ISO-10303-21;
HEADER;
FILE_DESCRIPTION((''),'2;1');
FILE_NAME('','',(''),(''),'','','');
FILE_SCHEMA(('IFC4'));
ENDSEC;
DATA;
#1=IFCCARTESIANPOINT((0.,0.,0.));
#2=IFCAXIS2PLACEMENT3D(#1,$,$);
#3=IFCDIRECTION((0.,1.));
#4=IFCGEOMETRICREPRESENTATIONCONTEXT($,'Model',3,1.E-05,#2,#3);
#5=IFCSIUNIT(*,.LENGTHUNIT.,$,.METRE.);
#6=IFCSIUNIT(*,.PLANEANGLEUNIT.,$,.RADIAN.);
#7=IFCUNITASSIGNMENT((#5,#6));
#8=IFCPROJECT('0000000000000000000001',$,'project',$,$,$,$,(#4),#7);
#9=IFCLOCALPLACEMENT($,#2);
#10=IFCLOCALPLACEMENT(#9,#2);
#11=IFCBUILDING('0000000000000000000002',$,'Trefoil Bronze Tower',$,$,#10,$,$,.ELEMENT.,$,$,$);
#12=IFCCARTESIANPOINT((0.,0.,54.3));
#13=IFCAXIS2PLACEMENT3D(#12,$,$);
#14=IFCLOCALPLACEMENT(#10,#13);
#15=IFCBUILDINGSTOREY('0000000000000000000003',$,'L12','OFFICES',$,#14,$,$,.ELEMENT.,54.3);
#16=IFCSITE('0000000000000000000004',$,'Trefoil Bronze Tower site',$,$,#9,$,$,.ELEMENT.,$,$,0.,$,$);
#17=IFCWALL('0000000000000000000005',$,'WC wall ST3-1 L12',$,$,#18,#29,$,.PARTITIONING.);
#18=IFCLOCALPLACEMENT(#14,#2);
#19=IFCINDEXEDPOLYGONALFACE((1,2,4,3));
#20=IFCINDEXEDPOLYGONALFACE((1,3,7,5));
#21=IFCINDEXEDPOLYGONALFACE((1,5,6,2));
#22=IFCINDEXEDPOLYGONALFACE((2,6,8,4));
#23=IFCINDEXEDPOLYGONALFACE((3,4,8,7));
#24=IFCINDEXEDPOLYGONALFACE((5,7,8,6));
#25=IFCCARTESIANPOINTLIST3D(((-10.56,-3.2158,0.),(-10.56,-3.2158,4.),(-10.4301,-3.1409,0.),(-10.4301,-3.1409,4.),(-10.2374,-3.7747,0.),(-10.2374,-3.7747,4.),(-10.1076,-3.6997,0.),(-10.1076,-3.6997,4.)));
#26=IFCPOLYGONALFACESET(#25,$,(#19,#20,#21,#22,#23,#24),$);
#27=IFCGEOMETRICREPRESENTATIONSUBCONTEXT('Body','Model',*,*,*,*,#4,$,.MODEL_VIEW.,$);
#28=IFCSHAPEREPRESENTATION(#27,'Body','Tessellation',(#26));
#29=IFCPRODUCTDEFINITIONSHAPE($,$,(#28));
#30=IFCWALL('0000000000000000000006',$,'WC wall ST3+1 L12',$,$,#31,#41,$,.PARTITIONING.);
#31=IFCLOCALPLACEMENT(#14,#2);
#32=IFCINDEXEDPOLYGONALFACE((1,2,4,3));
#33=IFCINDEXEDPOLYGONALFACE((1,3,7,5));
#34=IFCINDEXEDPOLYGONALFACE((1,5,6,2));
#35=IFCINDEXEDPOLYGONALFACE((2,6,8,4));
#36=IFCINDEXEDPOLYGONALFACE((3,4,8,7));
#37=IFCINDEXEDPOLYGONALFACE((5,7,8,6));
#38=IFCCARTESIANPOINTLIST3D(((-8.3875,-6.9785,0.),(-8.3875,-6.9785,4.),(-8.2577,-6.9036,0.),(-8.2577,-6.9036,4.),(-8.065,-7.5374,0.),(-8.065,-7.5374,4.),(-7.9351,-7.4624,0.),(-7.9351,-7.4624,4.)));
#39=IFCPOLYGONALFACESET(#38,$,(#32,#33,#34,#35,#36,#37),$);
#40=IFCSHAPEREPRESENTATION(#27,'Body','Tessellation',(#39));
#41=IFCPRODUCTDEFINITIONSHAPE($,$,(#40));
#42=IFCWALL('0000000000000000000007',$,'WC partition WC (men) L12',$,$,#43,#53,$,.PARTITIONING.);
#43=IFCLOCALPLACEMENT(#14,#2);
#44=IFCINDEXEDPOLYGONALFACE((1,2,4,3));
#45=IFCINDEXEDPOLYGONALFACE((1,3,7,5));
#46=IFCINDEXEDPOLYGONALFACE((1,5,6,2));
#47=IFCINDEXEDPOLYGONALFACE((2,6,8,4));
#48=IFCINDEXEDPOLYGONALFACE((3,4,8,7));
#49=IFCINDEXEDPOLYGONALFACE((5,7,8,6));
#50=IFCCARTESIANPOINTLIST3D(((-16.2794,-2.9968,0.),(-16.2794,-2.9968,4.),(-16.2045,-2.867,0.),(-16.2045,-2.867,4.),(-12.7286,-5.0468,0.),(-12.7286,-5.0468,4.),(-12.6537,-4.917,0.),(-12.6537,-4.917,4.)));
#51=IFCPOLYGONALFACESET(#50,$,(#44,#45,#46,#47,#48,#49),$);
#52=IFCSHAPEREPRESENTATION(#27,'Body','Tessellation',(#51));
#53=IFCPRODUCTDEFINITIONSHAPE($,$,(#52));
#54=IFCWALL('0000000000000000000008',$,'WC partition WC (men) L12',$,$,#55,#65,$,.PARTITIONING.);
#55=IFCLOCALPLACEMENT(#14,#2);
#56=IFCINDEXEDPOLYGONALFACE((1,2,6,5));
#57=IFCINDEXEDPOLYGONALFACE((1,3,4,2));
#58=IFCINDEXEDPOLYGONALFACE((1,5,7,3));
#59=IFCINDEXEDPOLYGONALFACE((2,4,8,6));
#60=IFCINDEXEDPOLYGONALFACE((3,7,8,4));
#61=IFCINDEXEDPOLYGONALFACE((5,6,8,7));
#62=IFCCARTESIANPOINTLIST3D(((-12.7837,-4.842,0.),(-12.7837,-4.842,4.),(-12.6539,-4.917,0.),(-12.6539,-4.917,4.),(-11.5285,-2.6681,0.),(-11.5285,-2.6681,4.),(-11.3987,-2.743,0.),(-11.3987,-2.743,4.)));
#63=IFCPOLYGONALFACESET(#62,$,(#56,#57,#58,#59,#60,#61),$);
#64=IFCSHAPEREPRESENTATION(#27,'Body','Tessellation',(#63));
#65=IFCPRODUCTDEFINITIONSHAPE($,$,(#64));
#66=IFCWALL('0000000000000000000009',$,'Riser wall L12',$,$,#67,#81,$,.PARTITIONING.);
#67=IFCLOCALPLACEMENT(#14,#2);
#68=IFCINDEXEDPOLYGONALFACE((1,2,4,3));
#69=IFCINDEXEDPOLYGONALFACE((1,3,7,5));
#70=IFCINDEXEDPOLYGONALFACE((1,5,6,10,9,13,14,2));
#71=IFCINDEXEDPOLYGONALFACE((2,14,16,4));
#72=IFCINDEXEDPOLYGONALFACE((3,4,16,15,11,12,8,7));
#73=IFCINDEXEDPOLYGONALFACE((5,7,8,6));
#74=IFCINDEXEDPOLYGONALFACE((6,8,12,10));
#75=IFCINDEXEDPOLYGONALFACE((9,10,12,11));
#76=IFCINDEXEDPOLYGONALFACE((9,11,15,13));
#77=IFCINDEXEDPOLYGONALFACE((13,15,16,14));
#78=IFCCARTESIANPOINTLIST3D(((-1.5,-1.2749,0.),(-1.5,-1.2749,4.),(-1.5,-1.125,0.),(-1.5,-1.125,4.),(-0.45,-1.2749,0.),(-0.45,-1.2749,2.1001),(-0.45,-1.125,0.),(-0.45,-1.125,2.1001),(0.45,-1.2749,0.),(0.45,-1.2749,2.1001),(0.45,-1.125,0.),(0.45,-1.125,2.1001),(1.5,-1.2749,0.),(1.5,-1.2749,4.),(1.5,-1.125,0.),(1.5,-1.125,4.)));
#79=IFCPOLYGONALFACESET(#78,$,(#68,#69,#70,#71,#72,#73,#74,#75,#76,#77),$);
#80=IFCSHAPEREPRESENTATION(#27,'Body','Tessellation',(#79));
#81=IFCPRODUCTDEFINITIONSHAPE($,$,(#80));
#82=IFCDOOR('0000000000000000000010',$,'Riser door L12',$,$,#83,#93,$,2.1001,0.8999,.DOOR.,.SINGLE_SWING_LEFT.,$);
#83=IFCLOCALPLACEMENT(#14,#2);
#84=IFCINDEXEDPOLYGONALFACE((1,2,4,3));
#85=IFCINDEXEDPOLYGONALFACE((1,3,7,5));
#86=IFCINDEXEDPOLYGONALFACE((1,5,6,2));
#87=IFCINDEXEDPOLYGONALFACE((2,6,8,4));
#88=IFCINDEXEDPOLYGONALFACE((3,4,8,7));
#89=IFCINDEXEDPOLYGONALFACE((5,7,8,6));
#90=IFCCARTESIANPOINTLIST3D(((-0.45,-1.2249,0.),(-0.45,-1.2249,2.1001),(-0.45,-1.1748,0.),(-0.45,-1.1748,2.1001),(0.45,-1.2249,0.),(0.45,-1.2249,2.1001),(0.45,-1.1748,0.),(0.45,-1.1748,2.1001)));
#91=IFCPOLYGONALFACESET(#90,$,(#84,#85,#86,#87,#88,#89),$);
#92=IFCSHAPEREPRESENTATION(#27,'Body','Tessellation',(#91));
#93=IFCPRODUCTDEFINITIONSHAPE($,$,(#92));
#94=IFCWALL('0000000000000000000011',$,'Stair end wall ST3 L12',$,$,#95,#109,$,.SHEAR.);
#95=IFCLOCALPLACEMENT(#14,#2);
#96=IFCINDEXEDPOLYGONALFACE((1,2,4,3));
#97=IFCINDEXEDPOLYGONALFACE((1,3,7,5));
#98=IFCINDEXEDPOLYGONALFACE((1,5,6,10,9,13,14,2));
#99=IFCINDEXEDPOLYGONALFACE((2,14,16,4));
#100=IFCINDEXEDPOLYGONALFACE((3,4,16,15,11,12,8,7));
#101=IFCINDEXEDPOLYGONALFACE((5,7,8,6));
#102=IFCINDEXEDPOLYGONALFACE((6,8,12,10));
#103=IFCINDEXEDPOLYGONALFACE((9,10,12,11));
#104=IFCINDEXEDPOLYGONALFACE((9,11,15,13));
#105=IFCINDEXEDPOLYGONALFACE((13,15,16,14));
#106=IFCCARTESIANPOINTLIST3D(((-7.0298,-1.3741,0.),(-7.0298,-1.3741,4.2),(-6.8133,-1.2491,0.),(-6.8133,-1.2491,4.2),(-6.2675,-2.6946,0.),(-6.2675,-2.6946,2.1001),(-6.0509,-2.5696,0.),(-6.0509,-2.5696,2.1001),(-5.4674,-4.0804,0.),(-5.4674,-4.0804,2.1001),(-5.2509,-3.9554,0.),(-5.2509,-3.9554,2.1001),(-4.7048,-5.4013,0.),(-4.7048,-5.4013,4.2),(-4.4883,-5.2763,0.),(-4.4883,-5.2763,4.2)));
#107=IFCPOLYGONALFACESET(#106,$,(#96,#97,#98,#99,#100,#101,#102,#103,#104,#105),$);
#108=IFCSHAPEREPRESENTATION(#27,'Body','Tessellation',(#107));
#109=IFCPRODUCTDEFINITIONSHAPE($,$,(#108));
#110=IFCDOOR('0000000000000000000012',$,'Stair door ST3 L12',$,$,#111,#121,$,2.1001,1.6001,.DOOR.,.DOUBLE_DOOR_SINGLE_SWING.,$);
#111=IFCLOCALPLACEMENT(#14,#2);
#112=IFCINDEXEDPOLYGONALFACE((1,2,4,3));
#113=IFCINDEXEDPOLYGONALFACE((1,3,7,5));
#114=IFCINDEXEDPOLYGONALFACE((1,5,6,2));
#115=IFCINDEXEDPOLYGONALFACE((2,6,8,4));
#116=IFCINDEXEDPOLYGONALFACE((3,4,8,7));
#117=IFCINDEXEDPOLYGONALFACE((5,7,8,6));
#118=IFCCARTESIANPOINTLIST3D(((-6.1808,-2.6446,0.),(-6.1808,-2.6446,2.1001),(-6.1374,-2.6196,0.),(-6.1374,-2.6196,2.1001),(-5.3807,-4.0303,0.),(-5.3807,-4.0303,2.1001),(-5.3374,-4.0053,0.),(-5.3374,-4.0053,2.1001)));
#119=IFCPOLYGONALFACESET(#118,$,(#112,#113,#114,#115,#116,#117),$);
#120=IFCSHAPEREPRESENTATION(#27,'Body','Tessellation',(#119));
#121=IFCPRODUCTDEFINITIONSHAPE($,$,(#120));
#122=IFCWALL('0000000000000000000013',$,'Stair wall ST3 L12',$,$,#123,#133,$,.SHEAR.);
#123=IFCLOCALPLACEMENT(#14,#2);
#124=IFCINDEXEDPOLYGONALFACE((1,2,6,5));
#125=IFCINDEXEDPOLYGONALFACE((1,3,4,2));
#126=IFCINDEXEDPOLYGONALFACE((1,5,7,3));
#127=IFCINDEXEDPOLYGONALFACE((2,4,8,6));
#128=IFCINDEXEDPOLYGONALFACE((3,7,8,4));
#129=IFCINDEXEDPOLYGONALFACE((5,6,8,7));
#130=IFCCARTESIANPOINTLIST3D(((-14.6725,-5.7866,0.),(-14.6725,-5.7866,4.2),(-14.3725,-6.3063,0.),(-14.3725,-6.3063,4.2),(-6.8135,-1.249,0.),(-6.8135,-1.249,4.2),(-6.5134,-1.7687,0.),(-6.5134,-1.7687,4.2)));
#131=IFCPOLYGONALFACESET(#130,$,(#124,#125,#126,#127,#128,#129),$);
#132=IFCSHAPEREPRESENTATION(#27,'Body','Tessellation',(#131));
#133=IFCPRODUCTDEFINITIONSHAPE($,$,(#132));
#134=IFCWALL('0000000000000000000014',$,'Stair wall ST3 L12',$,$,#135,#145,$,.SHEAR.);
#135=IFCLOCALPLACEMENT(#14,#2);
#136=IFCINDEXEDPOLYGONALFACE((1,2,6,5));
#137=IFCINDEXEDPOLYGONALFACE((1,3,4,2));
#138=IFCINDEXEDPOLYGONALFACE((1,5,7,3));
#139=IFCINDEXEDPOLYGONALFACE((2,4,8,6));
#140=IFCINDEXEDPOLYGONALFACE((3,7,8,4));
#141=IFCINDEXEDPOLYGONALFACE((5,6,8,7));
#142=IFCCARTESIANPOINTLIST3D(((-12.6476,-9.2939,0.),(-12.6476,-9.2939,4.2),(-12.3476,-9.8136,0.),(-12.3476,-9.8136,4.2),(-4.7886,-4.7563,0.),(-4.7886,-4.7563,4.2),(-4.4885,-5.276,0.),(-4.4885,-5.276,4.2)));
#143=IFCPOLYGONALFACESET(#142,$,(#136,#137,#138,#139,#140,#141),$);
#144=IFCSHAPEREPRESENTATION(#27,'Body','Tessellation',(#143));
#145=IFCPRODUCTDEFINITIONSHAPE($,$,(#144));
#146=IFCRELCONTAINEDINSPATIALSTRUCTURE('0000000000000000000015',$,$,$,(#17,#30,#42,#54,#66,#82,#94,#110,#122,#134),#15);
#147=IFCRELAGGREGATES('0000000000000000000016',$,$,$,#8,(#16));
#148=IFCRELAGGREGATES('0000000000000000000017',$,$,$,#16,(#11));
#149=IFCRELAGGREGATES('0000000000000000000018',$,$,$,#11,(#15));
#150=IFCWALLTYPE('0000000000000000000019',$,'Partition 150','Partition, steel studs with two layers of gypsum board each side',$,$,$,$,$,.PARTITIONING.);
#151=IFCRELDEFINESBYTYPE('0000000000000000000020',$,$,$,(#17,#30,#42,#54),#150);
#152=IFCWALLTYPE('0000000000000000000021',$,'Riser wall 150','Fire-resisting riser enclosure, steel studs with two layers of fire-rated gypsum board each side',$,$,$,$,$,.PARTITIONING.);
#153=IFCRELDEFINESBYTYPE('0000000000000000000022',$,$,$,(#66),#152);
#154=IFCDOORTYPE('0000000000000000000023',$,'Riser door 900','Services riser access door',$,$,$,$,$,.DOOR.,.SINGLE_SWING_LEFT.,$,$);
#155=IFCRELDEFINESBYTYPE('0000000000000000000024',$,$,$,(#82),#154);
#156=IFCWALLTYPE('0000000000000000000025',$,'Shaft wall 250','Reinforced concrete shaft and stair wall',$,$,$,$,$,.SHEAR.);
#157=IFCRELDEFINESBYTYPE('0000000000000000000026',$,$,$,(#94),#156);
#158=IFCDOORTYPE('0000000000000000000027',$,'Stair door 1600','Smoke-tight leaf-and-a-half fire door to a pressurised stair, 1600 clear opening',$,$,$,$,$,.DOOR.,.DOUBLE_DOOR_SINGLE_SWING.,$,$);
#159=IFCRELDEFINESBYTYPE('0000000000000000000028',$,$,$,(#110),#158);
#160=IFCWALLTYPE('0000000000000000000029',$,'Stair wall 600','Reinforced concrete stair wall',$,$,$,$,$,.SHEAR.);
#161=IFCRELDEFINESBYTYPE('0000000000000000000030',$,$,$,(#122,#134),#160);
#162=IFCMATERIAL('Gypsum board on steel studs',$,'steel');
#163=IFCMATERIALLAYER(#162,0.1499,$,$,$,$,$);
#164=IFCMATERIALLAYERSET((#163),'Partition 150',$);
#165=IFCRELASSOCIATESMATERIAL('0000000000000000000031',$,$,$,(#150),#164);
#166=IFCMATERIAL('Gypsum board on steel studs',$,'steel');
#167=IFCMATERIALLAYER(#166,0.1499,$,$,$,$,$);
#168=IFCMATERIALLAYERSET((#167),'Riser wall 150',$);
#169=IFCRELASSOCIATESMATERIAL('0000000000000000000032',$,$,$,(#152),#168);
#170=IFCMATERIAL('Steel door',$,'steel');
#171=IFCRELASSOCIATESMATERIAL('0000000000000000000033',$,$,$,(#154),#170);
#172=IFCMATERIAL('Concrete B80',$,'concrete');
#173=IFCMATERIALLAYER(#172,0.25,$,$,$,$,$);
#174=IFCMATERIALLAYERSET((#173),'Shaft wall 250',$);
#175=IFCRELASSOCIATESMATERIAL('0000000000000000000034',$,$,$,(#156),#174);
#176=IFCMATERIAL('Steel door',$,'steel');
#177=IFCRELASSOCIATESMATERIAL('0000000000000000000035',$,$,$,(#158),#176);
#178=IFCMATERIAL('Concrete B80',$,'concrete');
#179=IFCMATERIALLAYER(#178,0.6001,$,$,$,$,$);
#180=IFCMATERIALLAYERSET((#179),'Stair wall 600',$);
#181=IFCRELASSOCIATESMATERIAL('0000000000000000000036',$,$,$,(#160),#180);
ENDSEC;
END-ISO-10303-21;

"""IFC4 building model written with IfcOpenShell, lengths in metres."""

from ifc_helpers import new_model, si_unit, direction, frame, frame_2d, origin, place, context, subcontext, project, spatial, rectangle, extrude, material, layer, layer_set, type_object, element, fill, save


model = new_model("IFC4")

# Units and contexts
model_context = context("Model", 3, precision=1e-05, world=origin(), true_north=direction((0.0, 1.0)))
body_context = subcontext(model_context, "Body", "Model", "MODEL_VIEW")
ifc_project = project(units=[si_unit("LENGTHUNIT", "METRE"), si_unit("PLANEANGLEUNIT", "RADIAN")], contexts=[model_context])

# Site, building, storey
site_placement = place(None, origin())
site = spatial("IfcSite", under=ifc_project, at=site_placement, Name="Trefoil Bronze Tower site", CompositionType="ELEMENT", RefElevation=0.0)
building_placement = place(site_placement, origin())
building = spatial("IfcBuilding", under=site, at=building_placement, Name="Trefoil Bronze Tower", CompositionType="ELEMENT")
storey_placement = place(building_placement, frame((0.0, 0.0, 54.3)))
storey = spatial("IfcBuildingStorey", under=building, at=storey_placement, Name="L12", Description="OFFICES", CompositionType="ELEMENT", Elevation=54.3)

# Shared definitions
ifc_material_1 = material(Name="Gypsum board on steel studs", Category="steel")
ifc_layer_1 = layer(ifc_material_1, 0.1499)
ifc_layer_set_1 = layer_set([ifc_layer_1], Name="Partition 150")
wall_type_1 = type_object("IfcWallType", Name="Partition 150", Description="Partition, steel studs with two layers of gypsum board each side", PredefinedType="PARTITIONING", material=ifc_layer_set_1)

# Walls
for number, where, z_axis, x_axis, name in (
    (1, (-10.4951, -3.1782, 0.0), (0.0, 0.0, 1.0), (0.499843, -0.866116, 0.0), "WC wall ST3-1 L12"),
    (2, (-8.0, -7.5, 0.0), (0.0, 0.0, 1.0), (-0.499843, 0.866116, 0.0), "WC wall ST3+1 L12"),
):
    element("IfcWall", number, at=place(storey_placement, frame(where, z_axis=z_axis, x_axis=x_axis)), inside=storey, type_object=wall_type_1, Name=name, PredefinedType="PARTITIONING", context=body_context, shape_type="SweptSolid", body=[
        extrude(rectangle(XDim=0.6453, YDim=0.1499, at=frame_2d((0.3228, 0.0))), origin(), (0.0, 0.0, 1.0), 4.0),
    ])
wall_1_placement = place(storey_placement, frame((-12.6912, -4.9819, 0.0), z_axis=(0.0, 0.0, 1.0), x_axis=(-0.866025, 0.500001, 0.0)))
element("IfcWall", 3, at=wall_1_placement, inside=storey, type_object=wall_type_1, Name="WC partition WC (men) L12", PredefinedType="PARTITIONING", context=body_context, shape_type="SweptSolid", body=[
    extrude(rectangle(XDim=4.1001, YDim=0.1499, at=frame_2d((2.05, 0.0))), origin(), (0.0, 0.0, 1.0), 4.0),
])
wall_2_placement = place(storey_placement, frame((-11.4636, -2.7056, 0.0), z_axis=(0.0, 0.0, 1.0), x_axis=(-0.50002, -0.866014, 0.0)))
element("IfcWall", 4, at=wall_2_placement, inside=storey, type_object=wall_type_1, Name="WC partition WC (men) L12", PredefinedType="PARTITIONING", context=body_context, shape_type="SweptSolid", body=[
    extrude(rectangle(XDim=2.5103, YDim=0.1499, at=frame_2d((1.2551, 0.0))), origin(), (0.0, 0.0, 1.0), 4.0),
])

# Walls, openings, doors
ifc_material_2 = material(Name="Gypsum board on steel studs", Category="steel")
ifc_layer_2 = layer(ifc_material_2, 0.1499)
ifc_layer_set_2 = layer_set([ifc_layer_2], Name="Riser wall 150")
wall_type_2 = type_object("IfcWallType", Name="Riser wall 150", Description="Fire-resisting riser enclosure, steel studs with two layers of fire-rated gypsum board each side", PredefinedType="PARTITIONING", material=ifc_layer_set_2)
wall_3_placement = place(storey_placement, frame((-1.5, -1.2, 0.0), z_axis=(0.0, 0.0, 1.0), x_axis=(1.0, 0.0, 0.0)))
wall_3 = element("IfcWall", 5, at=wall_3_placement, inside=storey, type_object=wall_type_2, Name="Riser wall L12", PredefinedType="PARTITIONING", context=body_context, shape_type="SweptSolid", body=[
    extrude(rectangle(XDim=3.0, YDim=0.1499, at=frame_2d((1.5, 0.0))), origin(), (0.0, 0.0, 1.0), 4.0),
])
opening_1_placement = place(wall_3_placement, frame((1.05, 0.0, 0.0)))
opening_1 = element("IfcOpeningElement", 6, at=opening_1_placement, cuts=wall_3, PredefinedType="OPENING", context=body_context, shape_type="SweptSolid", body=[
    extrude(rectangle(XDim=0.8999, YDim=2.1001, at=frame_2d((0.45, 1.05))), frame((0.0, 0.085, 0.0), z_axis=(0.0, -1.0, 0.0), x_axis=(1.0, 0.0, 0.0)), (0.0, 0.0, 1.0), 0.1699),
])
ifc_material_3 = material(Name="Steel door", Category="steel")
door_type_1 = type_object("IfcDoorType", Name="Riser door 900", Description="Services riser access door", OperationType="SINGLE_SWING_LEFT", PredefinedType="DOOR", material=ifc_material_3)
door_1_placement = place(opening_1_placement, frame((0.8999, 0.0, 0.0), z_axis=(0.0, 0.0, 1.0), x_axis=(-1.0, 0.0, 0.0)))
door_1 = element("IfcDoor", 7, at=door_1_placement, inside=storey, type_object=door_type_1, Name="Riser door L12", OperationType="SINGLE_SWING_LEFT", OverallHeight=2.1001, OverallWidth=0.8999, PredefinedType="DOOR", context=body_context, shape_type="SweptSolid", body=[
    extrude(rectangle(XDim=0.8999, YDim=2.1001, at=frame_2d((0.45, 1.05))), frame((0.0, 0.0249, 0.0), z_axis=(0.0, -1.0, 0.0), x_axis=(1.0, 0.0, 0.0)), (0.0, 0.0, 1.0), 0.05),
])
fill(opening_1, door_1)
ifc_material_4 = material(Name="Concrete B80", Category="concrete")
ifc_layer_3 = layer(ifc_material_4, 0.25)
ifc_layer_set_3 = layer_set([ifc_layer_3], Name="Shaft wall 250")
wall_type_3 = type_object("IfcWallType", Name="Shaft wall 250", Description="Reinforced concrete shaft and stair wall", PredefinedType="SHEAR", material=ifc_layer_set_3)
wall_4_placement = place(storey_placement, frame((-6.9216, -1.3115, 0.0), z_axis=(0.0, 0.0, 1.0), x_axis=(0.499985, -0.866034, 0.0)))
wall_4 = element("IfcWall", 8, at=wall_4_placement, inside=storey, type_object=wall_type_3, Name="Stair end wall ST3 L12", PredefinedType="SHEAR", context=body_context, shape_type="SweptSolid", body=[
    extrude(rectangle(XDim=4.6501, YDim=0.25, at=frame_2d((2.3252, 0.0))), origin(), (0.0, 0.0, 1.0), 4.2),
])
opening_2_placement = place(wall_4_placement, frame((1.5249, 0.0, 0.0)))
opening_2 = element("IfcOpeningElement", 9, at=opening_2_placement, cuts=wall_4, PredefinedType="OPENING", context=body_context, shape_type="SweptSolid", body=[
    extrude(rectangle(XDim=1.6001, YDim=2.1001, at=frame_2d((0.8, 1.05))), frame((0.0, 0.135, 0.0), z_axis=(0.0, -1.0, 0.0), x_axis=(1.0, 0.0, 0.0)), (0.0, 0.0, 1.0), 0.27),
])
ifc_material_5 = material(Name="Steel door", Category="steel")
door_type_2 = type_object("IfcDoorType", Name="Stair door 1600", Description="Smoke-tight leaf-and-a-half fire door to a pressurised stair, 1600 clear opening", OperationType="DOUBLE_DOOR_SINGLE_SWING", PredefinedType="DOOR", material=ifc_material_5)
door_2_placement = place(opening_2_placement, frame((1.6001, 0.0, 0.0), z_axis=(0.0, 0.0, 1.0), x_axis=(-1.0, 0.0, 0.0)))
door_2 = element("IfcDoor", 10, at=door_2_placement, inside=storey, type_object=door_type_2, Name="Stair door ST3 L12", OperationType="DOUBLE_DOOR_SINGLE_SWING", OverallHeight=2.1001, OverallWidth=1.6001, PredefinedType="DOOR", context=body_context, shape_type="SweptSolid", body=[
    extrude(rectangle(XDim=1.6001, YDim=2.1001, at=frame_2d((0.8, 1.05))), frame((0.0, 0.0249, 0.0), z_axis=(0.0, -1.0, 0.0), x_axis=(1.0, 0.0, 0.0)), (0.0, 0.0, 1.0), 0.05),
])
fill(opening_2, door_2)

# Walls
ifc_material_6 = material(Name="Concrete B80", Category="concrete")
ifc_layer_4 = layer(ifc_material_6, 0.6001)
ifc_layer_set_4 = layer_set([ifc_layer_4], Name="Stair wall 600")
wall_type_4 = type_object("IfcWallType", Name="Stair wall 600", Description="Reinforced concrete stair wall", PredefinedType="SHEAR", material=ifc_layer_set_4)
for number, where, z_axis, x_axis, name in (
    (11, (-6.6633, -1.5088, 0.0), (0.0, 0.0, 1.0), (-0.866019, -0.50001, 0.0), "Stair wall ST3 L12"),
    (12, (-4.6384, -5.0161, 0.0), (0.0, 0.0, 1.0), (-0.866019, -0.50001, 0.0), "Stair wall ST3 L12"),
):
    element("IfcWall", number, at=place(storey_placement, frame(where, z_axis=z_axis, x_axis=x_axis)), inside=storey, type_object=wall_type_4, Name=name, PredefinedType="SHEAR", context=body_context, shape_type="SweptSolid", body=[
        extrude(rectangle(XDim=9.075, YDim=0.6001, at=frame_2d((4.5376, 0.0))), origin(), (0.0, 0.0, 1.0), 4.2),
    ])

save(model, "model.ifc")
